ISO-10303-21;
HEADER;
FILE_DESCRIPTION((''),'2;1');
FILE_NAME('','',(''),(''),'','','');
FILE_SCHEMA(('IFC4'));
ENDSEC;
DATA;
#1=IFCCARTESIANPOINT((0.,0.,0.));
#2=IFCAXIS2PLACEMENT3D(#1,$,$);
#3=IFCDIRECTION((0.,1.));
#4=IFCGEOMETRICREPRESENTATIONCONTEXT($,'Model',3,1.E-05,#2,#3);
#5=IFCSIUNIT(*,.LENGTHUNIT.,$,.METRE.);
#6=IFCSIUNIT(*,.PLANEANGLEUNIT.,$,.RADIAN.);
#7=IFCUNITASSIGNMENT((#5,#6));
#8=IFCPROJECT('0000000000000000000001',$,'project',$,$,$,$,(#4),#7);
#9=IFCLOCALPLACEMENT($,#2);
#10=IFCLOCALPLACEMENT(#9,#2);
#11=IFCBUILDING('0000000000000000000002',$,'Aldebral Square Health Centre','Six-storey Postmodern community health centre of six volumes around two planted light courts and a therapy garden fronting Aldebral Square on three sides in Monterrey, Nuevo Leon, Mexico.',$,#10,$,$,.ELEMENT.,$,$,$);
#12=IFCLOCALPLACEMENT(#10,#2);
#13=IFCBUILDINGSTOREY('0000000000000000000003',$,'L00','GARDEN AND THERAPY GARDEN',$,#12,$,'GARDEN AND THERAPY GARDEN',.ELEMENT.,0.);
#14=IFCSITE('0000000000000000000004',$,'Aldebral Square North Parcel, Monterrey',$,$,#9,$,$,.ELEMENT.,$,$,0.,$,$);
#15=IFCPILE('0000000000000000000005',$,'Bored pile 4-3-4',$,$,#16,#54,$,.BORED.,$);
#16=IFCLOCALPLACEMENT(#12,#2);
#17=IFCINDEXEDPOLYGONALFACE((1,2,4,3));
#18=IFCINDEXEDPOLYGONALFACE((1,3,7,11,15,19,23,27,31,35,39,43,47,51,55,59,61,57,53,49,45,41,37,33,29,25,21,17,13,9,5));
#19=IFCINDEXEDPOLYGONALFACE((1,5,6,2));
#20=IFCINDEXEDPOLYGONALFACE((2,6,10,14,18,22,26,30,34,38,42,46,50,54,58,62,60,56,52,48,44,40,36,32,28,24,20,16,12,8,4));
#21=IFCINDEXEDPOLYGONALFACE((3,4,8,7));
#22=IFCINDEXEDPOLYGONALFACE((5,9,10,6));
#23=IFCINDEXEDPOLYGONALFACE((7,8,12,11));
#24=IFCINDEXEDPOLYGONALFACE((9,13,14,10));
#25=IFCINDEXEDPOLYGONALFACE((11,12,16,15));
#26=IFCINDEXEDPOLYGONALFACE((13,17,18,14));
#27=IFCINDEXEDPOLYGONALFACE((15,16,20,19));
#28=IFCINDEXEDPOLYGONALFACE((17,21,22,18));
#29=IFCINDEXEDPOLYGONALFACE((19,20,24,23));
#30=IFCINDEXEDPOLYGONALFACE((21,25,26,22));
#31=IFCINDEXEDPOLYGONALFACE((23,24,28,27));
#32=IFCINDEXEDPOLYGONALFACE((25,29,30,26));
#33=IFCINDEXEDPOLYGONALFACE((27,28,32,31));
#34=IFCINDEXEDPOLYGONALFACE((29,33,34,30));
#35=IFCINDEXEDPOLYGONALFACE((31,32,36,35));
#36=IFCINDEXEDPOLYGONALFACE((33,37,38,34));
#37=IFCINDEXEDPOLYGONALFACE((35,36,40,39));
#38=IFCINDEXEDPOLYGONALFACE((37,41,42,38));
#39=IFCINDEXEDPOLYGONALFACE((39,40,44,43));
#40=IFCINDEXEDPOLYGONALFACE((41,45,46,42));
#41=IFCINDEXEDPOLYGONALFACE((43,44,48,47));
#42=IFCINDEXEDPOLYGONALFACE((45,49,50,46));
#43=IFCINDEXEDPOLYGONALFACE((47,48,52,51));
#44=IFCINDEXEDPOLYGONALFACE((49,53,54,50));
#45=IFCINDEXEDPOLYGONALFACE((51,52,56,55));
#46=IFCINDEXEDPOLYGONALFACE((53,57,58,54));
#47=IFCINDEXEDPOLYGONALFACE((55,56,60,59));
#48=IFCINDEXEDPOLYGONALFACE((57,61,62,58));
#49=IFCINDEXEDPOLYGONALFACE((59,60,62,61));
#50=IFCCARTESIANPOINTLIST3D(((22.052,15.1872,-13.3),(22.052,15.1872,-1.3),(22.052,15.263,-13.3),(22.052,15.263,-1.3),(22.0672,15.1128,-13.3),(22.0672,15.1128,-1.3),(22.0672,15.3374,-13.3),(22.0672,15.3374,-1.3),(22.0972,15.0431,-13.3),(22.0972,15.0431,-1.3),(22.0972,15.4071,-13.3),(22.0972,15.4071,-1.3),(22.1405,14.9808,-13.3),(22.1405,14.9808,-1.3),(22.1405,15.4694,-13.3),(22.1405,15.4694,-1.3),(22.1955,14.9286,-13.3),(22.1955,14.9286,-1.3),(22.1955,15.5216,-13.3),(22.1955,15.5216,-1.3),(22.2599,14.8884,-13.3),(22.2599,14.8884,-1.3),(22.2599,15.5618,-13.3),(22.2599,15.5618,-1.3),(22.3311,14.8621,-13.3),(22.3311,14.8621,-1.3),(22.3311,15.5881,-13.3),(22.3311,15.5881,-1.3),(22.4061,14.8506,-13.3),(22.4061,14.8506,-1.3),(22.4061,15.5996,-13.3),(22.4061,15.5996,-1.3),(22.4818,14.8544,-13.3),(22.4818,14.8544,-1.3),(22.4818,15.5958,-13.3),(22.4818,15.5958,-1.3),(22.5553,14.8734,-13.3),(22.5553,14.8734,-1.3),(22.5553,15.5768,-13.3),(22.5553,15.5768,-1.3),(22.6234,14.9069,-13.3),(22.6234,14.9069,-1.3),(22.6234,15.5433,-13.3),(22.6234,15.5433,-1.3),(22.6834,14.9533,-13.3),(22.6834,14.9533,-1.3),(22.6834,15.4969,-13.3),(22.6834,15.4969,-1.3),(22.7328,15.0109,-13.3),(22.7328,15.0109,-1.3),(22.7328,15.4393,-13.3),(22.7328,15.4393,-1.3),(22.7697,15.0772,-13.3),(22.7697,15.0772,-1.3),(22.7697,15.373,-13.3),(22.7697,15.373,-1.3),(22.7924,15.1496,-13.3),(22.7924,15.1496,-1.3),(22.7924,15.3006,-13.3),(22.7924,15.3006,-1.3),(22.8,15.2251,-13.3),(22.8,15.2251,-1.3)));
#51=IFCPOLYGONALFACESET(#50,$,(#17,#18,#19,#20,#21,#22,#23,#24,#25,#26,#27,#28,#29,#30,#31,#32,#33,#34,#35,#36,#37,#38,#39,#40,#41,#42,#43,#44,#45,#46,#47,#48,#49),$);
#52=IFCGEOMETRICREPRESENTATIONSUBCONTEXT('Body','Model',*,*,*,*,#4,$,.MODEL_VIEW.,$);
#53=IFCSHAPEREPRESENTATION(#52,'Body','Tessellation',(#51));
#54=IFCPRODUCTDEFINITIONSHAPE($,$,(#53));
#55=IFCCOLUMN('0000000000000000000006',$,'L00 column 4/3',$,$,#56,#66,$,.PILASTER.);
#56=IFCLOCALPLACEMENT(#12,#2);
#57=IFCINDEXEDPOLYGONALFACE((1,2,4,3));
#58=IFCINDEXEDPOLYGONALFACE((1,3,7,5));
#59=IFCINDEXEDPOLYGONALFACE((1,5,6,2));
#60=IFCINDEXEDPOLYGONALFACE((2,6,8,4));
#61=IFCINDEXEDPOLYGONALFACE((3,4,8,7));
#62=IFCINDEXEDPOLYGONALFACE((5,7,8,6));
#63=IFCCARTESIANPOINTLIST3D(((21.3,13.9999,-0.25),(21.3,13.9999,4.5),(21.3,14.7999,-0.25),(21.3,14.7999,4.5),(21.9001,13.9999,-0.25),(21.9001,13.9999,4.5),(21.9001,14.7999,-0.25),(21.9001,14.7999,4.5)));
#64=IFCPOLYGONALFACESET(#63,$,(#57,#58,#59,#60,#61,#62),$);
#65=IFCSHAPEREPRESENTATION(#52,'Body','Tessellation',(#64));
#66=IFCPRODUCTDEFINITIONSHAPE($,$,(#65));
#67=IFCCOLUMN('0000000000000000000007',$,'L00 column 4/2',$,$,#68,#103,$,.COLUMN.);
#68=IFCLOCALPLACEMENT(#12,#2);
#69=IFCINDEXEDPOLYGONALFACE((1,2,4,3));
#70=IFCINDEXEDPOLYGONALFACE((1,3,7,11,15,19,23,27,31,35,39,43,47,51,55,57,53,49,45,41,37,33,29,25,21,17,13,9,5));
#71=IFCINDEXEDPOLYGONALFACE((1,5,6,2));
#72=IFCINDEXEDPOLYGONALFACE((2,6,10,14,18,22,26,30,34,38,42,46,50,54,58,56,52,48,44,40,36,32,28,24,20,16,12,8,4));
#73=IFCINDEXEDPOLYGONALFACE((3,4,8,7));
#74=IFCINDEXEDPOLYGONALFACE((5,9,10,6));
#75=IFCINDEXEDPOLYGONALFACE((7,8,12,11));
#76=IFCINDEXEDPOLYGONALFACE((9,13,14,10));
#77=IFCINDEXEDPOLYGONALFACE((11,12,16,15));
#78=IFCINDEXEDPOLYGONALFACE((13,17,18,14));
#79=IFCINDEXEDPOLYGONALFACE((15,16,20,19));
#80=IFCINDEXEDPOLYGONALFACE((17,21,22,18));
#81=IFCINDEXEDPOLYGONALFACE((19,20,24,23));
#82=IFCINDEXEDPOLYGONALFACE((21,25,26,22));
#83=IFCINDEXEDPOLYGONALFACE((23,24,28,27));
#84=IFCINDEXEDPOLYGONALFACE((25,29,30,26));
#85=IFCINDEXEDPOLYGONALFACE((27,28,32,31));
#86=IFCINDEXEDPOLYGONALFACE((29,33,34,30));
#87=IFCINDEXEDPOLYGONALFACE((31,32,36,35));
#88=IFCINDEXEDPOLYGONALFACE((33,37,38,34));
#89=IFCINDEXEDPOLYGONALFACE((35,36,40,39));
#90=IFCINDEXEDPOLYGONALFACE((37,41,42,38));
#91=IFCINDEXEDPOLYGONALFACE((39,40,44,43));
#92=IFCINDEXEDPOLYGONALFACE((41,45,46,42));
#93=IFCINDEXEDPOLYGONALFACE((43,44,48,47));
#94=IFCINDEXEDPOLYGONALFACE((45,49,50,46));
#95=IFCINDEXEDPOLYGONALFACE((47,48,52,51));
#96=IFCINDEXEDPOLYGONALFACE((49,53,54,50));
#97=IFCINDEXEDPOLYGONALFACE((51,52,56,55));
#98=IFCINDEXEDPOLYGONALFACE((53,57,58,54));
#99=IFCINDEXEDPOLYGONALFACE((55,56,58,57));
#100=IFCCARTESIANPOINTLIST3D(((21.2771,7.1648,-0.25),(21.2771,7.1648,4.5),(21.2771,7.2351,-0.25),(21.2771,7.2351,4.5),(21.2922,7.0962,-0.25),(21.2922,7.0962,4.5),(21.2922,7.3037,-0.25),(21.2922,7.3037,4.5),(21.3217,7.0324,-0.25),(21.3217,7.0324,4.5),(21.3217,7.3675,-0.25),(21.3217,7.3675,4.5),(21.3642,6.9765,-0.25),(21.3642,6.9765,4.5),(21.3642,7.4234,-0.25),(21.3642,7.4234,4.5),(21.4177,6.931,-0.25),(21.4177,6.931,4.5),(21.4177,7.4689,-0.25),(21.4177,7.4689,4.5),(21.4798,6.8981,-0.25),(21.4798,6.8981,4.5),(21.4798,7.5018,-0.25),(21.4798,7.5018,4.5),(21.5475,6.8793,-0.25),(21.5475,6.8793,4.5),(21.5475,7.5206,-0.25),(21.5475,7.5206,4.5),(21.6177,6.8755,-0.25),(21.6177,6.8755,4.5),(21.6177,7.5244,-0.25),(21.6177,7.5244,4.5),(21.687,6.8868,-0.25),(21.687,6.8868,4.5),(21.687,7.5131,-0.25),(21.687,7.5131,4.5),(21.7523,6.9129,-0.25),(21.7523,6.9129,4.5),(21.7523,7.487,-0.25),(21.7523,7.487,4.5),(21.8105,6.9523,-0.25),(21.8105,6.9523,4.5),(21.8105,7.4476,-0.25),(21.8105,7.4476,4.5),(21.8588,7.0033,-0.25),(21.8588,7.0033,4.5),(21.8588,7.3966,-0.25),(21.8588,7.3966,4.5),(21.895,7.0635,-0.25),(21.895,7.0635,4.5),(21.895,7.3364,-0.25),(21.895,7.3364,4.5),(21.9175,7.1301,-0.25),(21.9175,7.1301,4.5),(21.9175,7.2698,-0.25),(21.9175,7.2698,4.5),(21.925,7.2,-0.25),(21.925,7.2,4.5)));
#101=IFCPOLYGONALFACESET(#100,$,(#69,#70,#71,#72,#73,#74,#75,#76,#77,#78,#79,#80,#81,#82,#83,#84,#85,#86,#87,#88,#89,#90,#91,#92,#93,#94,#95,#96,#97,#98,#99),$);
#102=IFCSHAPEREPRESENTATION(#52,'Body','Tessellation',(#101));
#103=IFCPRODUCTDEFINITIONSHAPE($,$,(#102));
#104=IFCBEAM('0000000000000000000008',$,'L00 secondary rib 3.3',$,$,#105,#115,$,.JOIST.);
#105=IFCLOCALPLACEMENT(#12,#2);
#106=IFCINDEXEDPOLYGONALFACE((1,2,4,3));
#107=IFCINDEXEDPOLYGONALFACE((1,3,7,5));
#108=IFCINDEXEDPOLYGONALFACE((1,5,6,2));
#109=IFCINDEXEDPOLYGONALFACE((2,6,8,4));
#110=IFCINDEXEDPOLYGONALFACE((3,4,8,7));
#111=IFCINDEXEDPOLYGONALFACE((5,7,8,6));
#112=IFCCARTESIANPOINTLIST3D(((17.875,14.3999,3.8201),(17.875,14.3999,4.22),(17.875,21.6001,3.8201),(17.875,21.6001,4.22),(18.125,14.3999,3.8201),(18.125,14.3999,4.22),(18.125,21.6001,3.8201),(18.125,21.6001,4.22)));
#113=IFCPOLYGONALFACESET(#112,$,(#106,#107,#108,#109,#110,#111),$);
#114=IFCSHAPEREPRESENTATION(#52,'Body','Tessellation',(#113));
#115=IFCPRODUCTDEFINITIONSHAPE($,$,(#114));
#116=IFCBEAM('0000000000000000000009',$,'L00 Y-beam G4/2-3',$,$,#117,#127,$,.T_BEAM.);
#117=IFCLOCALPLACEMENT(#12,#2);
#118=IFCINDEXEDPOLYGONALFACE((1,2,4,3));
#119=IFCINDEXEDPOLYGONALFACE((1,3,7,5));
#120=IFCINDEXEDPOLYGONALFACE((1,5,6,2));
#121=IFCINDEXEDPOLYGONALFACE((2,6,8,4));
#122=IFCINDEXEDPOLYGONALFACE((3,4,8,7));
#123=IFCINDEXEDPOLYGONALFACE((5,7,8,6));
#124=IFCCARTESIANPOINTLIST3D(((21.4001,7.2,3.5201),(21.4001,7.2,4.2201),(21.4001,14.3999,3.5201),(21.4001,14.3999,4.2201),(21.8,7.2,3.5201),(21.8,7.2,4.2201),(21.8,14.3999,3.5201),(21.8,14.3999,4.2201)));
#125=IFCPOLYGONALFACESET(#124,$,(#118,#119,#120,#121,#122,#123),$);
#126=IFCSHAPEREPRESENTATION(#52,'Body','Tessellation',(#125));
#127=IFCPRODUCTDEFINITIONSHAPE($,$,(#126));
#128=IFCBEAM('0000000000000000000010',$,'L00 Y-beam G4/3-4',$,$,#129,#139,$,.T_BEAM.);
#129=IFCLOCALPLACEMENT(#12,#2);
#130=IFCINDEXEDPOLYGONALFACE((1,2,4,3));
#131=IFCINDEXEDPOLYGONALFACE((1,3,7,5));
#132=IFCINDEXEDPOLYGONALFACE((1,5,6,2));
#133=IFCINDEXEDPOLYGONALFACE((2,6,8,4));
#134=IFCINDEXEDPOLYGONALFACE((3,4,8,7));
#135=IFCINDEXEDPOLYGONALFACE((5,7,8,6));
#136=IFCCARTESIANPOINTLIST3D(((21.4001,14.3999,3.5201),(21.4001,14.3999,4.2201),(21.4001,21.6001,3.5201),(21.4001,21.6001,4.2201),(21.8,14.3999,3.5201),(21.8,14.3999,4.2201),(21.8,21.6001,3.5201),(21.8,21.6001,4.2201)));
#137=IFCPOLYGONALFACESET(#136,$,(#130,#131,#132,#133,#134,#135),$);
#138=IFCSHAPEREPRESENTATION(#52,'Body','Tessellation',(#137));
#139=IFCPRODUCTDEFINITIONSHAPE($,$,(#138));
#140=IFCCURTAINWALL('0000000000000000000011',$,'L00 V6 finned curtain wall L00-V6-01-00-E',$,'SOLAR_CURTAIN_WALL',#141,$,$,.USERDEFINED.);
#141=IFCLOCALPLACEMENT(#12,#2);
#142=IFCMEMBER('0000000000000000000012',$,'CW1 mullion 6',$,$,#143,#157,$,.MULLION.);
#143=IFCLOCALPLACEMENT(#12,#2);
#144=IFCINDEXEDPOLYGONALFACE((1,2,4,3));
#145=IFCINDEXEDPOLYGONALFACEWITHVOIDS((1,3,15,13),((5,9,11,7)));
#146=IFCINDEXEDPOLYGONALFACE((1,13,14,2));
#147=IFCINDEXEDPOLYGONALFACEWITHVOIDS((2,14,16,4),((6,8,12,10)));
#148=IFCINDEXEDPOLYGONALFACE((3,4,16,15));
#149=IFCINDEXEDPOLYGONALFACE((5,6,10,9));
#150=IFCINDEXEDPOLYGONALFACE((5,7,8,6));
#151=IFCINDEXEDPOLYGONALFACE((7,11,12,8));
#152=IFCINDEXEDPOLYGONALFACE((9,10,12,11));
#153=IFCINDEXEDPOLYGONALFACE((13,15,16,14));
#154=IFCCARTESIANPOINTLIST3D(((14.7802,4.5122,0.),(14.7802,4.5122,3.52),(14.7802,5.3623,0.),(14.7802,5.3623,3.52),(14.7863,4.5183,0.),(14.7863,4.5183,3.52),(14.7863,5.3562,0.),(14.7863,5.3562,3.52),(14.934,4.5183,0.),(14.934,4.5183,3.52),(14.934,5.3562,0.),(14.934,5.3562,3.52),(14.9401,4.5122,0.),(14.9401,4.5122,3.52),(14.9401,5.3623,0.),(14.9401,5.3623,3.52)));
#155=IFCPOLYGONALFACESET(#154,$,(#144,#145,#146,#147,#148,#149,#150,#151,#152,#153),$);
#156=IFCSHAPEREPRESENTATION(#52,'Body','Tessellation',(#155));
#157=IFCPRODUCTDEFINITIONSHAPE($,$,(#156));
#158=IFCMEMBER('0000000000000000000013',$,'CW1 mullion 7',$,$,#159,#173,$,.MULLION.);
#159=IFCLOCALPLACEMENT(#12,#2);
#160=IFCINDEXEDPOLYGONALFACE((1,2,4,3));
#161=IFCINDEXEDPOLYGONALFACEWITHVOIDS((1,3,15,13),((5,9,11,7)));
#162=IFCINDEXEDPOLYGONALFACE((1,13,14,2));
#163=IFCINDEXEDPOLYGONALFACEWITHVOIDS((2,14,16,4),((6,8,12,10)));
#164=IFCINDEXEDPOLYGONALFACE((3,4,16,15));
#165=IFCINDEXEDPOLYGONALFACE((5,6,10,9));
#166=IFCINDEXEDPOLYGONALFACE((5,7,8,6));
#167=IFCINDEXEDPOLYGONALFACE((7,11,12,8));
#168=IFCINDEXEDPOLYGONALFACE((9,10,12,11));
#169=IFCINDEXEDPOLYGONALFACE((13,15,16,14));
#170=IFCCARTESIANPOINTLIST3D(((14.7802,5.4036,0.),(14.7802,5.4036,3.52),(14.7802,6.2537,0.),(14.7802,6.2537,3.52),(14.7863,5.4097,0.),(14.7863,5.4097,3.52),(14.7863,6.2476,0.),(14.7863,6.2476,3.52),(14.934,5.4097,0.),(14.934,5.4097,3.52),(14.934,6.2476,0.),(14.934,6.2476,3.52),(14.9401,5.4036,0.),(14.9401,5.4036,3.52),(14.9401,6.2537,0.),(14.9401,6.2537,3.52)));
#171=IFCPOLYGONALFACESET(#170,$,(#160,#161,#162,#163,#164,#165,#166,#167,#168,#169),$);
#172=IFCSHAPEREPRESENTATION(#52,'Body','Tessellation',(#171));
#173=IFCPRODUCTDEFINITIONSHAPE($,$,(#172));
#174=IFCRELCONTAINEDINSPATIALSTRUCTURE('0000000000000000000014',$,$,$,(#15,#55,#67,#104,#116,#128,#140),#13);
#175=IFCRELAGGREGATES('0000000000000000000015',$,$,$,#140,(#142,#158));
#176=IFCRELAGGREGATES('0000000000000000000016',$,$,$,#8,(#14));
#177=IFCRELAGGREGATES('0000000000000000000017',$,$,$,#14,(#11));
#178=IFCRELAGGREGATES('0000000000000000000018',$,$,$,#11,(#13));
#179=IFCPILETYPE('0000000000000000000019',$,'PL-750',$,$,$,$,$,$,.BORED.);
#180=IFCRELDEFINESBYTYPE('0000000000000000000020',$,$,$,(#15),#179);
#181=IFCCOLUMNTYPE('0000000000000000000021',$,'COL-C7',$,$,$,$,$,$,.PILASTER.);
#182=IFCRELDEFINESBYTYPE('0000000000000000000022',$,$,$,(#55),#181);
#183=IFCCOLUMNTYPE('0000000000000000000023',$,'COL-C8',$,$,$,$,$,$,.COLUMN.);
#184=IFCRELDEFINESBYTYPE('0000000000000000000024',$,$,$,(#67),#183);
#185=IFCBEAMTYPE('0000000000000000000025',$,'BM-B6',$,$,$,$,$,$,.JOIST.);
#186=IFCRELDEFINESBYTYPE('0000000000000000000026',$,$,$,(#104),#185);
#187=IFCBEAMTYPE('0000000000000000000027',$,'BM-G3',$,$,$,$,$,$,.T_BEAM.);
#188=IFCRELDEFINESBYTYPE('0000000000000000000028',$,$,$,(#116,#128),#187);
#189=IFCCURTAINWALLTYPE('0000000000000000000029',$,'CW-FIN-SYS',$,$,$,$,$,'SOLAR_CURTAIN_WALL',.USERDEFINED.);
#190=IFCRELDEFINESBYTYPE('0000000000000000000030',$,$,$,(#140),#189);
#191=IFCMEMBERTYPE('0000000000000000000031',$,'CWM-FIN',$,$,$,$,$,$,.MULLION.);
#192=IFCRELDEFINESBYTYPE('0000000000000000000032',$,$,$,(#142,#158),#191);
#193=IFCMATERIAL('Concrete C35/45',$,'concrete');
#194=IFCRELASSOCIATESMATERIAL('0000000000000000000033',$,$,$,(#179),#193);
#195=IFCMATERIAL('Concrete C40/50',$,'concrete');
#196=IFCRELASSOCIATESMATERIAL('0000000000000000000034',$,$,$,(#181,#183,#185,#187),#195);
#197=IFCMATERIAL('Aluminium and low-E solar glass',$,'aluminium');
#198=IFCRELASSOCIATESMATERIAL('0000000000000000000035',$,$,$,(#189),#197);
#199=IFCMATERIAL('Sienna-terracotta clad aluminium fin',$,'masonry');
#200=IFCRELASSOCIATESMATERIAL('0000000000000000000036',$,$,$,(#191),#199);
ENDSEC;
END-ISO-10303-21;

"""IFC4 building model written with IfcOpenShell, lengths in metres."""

from ifc_helpers import new_model, si_unit, direction, frame, origin, origin_2d, place, context, subcontext, project, spatial, rectangle, hollow_rectangle, circle, extrude, material, material_profile, profile_set, type_object, element, aggregate, save


model = new_model("IFC4")

# Units and contexts
model_context = context("Model", 3, precision=1e-05, world=origin(), true_north=direction((0.0, 1.0)))
body_context = subcontext(model_context, "Body", "Model", "MODEL_VIEW")
ifc_project = project(units=[si_unit("LENGTHUNIT", "METRE"), si_unit("PLANEANGLEUNIT", "RADIAN")], contexts=[model_context])

# Site, building, storey
site_placement = place(None, origin())
site = spatial("IfcSite", under=ifc_project, at=site_placement, Name="Aldebral Square North Parcel, Monterrey", CompositionType="ELEMENT", RefElevation=0.0)
building_placement = place(site_placement, origin())
building = spatial("IfcBuilding", under=site, at=building_placement, Name="Aldebral Square Health Centre", Description="Six-storey Postmodern community health centre of six volumes around two planted light courts and a therapy garden fronting Aldebral Square on three sides in Monterrey, Nuevo Leon, Mexico.", CompositionType="ELEMENT")
storey_placement = place(building_placement, origin())
storey = spatial("IfcBuildingStorey", under=building, at=storey_placement, Name="L00", Description="GARDEN AND THERAPY GARDEN", LongName="GARDEN AND THERAPY GARDEN", CompositionType="ELEMENT", Elevation=0.0)

# Shared definitions
ifc_material_1 = material(Name="Concrete C35/45", Category="concrete")

# Pile
ifc_material_profile_1 = material_profile(ifc_material_1, circle(Radius=0.375, at=origin_2d()), Name="PILE D750")
ifc_profile_set_1 = profile_set([ifc_material_profile_1], Name="Concrete C35/45")
pile_type_1 = type_object("IfcPileType", Name="PL-750", PredefinedType="BORED", material=ifc_profile_set_1)
for number, where, z_axis, x_axis, name in (
    (1, (22.425, 15.2251, -1.3), (0.0, 0.0, -1.0), (1.0, 0.0, 0.0), "Bored pile 4-3-4"),
):
    element("IfcPile", number, at=place(storey_placement, frame(where, z_axis=z_axis, x_axis=x_axis)), inside=storey, type_object=pile_type_1, Name=name, PredefinedType="BORED", context=body_context, shape_type="SweptSolid", body=[
        extrude(circle(Radius=0.375, at=origin_2d()), origin(), (0.0, 0.0, 1.0), 12.0),
    ])

# Columns
ifc_material_2 = material(Name="Concrete C40/50", Category="concrete")
ifc_material_profile_2 = material_profile(ifc_material_2, rectangle(XDim=0.6001, YDim=0.8, at=origin_2d()), Name="RC 600x800")
ifc_profile_set_2 = profile_set([ifc_material_profile_2], Name="Concrete C40/50")
column_type_1 = type_object("IfcColumnType", Name="COL-C7", PredefinedType="PILASTER", material=ifc_profile_set_2)
column_1_placement = place(storey_placement, frame((21.6001, 14.3999, -0.25), z_axis=(0.0, 0.0, 1.0), x_axis=(1.0, 0.0, 0.0)))
element("IfcColumn", 2, at=column_1_placement, inside=storey, type_object=column_type_1, Name="L00 column 4/3", PredefinedType="PILASTER", context=body_context, shape_type="SweptSolid", body=[
    extrude(rectangle(XDim=0.6001, YDim=0.8, at=origin_2d()), origin(), (0.0, 0.0, 1.0), 4.75),
])
ifc_material_profile_3 = material_profile(ifc_material_2, circle(Radius=0.325, at=origin_2d()), Name="RC D650")
ifc_profile_set_3 = profile_set([ifc_material_profile_3], Name="Concrete C40/50")
column_type_2 = type_object("IfcColumnType", Name="COL-C8", PredefinedType="COLUMN", material=ifc_profile_set_3)
column_2_placement = place(storey_placement, frame((21.6001, 7.2, -0.25), z_axis=(0.0, 0.0, 1.0), x_axis=(1.0, 0.0, 0.0)))
element("IfcColumn", 3, at=column_2_placement, inside=storey, type_object=column_type_2, Name="L00 column 4/2", PredefinedType="COLUMN", context=body_context, shape_type="SweptSolid", body=[
    extrude(circle(Radius=0.325, at=origin_2d()), origin(), (0.0, 0.0, 1.0), 4.75),
])

# Beams
ifc_material_profile_4 = material_profile(ifc_material_2, rectangle(XDim=0.25, YDim=0.3999, at=origin_2d()), Name="RC 250x400")
ifc_profile_set_4 = profile_set([ifc_material_profile_4], Name="Concrete C40/50")
beam_type_1 = type_object("IfcBeamType", Name="BM-B6", PredefinedType="JOIST", material=ifc_profile_set_4)
beam_1_placement = place(storey_placement, frame((18.0, 14.3999, 4.02), z_axis=(0.0, 1.0, 0.0), x_axis=(-1.0, 0.0, 0.0)))
element("IfcBeam", 4, at=beam_1_placement, inside=storey, type_object=beam_type_1, Name="L00 secondary rib 3.3", PredefinedType="JOIST", context=body_context, shape_type="SweptSolid", body=[
    extrude(rectangle(XDim=0.25, YDim=0.3999, at=origin_2d()), origin(), (0.0, 0.0, 1.0), 7.2002),
])
ifc_material_profile_5 = material_profile(ifc_material_2, rectangle(XDim=0.3999, YDim=0.7, at=origin_2d()), Name="RC 400x700")
ifc_profile_set_5 = profile_set([ifc_material_profile_5], Name="Concrete C40/50")
beam_type_2 = type_object("IfcBeamType", Name="BM-G3", PredefinedType="T_BEAM", material=ifc_profile_set_5)
beam_2_placement = place(storey_placement, frame((21.6001, 7.2, 3.8701), z_axis=(0.0, 1.0, 0.0), x_axis=(-1.0, 0.0, 0.0)))
element("IfcBeam", 5, at=beam_2_placement, inside=storey, type_object=beam_type_2, Name="L00 Y-beam G4/2-3", PredefinedType="T_BEAM", context=body_context, shape_type="SweptSolid", body=[
    extrude(rectangle(XDim=0.3999, YDim=0.7, at=origin_2d()), origin(), (0.0, 0.0, 1.0), 7.2),
])
beam_3_placement = place(storey_placement, frame((21.6001, 14.3999, 3.8701), z_axis=(0.0, 1.0, 0.0), x_axis=(-1.0, 0.0, 0.0)))
element("IfcBeam", 6, at=beam_3_placement, inside=storey, type_object=beam_type_2, Name="L00 Y-beam G4/3-4", PredefinedType="T_BEAM", context=body_context, shape_type="SweptSolid", body=[
    extrude(rectangle(XDim=0.3999, YDim=0.7, at=origin_2d()), origin(), (0.0, 0.0, 1.0), 7.2002),
])

# Curtain wall, members
ifc_material_3 = material(Name="Aluminium and low-E solar glass", Category="aluminium")
curtain_wall_type = type_object("IfcCurtainWallType", Name="CW-FIN-SYS", ElementType="SOLAR_CURTAIN_WALL", PredefinedType="USERDEFINED", material=ifc_material_3)
curtain_wall_placement = place(storey_placement, origin())
curtain_wall = element("IfcCurtainWall", 7, at=curtain_wall_placement, inside=storey, type_object=curtain_wall_type, Name="L00 V6 finned curtain wall L00-V6-01-00-E", ObjectType="SOLAR_CURTAIN_WALL", PredefinedType="USERDEFINED")
ifc_material_4 = material(Name="Sienna-terracotta clad aluminium fin", Category="masonry")
ifc_material_profile_6 = material_profile(ifc_material_4, hollow_rectangle(XDim=0.1599, YDim=0.8501, WallThickness=0.0061, at=origin_2d()), Name="FIN 160x850x6")
ifc_profile_set_6 = profile_set([ifc_material_profile_6], Name="Sienna-terracotta clad aluminium fin")
member_type_1 = type_object("IfcMemberType", Name="CWM-FIN", PredefinedType="MULLION", material=ifc_profile_set_6)
member_1_placement = place(storey_placement, frame((14.8601, 4.9373, 0.0), z_axis=(0.0, 0.0, 1.0), x_axis=(-1.0, 0.0, 0.0)))
member_1 = element("IfcMember", 8, at=member_1_placement, type_object=member_type_1, Name="CW1 mullion 6", PredefinedType="MULLION", context=body_context, shape_type="SweptSolid", body=[
    extrude(hollow_rectangle(XDim=0.1599, YDim=0.8501, WallThickness=0.0061, at=origin_2d()), origin(), (0.0, 0.0, 1.0), 3.52),
])
member_2_placement = place(storey_placement, frame((14.8601, 5.8286, 0.0), z_axis=(0.0, 0.0, 1.0), x_axis=(-1.0, 0.0, 0.0)))
member_2 = element("IfcMember", 9, at=member_2_placement, type_object=member_type_1, Name="CW1 mullion 7", PredefinedType="MULLION", context=body_context, shape_type="SweptSolid", body=[
    extrude(hollow_rectangle(XDim=0.1599, YDim=0.8501, WallThickness=0.0061, at=origin_2d()), origin(), (0.0, 0.0, 1.0), 3.52),
])
aggregate(curtain_wall, [member_1, member_2])

save(model, "model.ifc")
